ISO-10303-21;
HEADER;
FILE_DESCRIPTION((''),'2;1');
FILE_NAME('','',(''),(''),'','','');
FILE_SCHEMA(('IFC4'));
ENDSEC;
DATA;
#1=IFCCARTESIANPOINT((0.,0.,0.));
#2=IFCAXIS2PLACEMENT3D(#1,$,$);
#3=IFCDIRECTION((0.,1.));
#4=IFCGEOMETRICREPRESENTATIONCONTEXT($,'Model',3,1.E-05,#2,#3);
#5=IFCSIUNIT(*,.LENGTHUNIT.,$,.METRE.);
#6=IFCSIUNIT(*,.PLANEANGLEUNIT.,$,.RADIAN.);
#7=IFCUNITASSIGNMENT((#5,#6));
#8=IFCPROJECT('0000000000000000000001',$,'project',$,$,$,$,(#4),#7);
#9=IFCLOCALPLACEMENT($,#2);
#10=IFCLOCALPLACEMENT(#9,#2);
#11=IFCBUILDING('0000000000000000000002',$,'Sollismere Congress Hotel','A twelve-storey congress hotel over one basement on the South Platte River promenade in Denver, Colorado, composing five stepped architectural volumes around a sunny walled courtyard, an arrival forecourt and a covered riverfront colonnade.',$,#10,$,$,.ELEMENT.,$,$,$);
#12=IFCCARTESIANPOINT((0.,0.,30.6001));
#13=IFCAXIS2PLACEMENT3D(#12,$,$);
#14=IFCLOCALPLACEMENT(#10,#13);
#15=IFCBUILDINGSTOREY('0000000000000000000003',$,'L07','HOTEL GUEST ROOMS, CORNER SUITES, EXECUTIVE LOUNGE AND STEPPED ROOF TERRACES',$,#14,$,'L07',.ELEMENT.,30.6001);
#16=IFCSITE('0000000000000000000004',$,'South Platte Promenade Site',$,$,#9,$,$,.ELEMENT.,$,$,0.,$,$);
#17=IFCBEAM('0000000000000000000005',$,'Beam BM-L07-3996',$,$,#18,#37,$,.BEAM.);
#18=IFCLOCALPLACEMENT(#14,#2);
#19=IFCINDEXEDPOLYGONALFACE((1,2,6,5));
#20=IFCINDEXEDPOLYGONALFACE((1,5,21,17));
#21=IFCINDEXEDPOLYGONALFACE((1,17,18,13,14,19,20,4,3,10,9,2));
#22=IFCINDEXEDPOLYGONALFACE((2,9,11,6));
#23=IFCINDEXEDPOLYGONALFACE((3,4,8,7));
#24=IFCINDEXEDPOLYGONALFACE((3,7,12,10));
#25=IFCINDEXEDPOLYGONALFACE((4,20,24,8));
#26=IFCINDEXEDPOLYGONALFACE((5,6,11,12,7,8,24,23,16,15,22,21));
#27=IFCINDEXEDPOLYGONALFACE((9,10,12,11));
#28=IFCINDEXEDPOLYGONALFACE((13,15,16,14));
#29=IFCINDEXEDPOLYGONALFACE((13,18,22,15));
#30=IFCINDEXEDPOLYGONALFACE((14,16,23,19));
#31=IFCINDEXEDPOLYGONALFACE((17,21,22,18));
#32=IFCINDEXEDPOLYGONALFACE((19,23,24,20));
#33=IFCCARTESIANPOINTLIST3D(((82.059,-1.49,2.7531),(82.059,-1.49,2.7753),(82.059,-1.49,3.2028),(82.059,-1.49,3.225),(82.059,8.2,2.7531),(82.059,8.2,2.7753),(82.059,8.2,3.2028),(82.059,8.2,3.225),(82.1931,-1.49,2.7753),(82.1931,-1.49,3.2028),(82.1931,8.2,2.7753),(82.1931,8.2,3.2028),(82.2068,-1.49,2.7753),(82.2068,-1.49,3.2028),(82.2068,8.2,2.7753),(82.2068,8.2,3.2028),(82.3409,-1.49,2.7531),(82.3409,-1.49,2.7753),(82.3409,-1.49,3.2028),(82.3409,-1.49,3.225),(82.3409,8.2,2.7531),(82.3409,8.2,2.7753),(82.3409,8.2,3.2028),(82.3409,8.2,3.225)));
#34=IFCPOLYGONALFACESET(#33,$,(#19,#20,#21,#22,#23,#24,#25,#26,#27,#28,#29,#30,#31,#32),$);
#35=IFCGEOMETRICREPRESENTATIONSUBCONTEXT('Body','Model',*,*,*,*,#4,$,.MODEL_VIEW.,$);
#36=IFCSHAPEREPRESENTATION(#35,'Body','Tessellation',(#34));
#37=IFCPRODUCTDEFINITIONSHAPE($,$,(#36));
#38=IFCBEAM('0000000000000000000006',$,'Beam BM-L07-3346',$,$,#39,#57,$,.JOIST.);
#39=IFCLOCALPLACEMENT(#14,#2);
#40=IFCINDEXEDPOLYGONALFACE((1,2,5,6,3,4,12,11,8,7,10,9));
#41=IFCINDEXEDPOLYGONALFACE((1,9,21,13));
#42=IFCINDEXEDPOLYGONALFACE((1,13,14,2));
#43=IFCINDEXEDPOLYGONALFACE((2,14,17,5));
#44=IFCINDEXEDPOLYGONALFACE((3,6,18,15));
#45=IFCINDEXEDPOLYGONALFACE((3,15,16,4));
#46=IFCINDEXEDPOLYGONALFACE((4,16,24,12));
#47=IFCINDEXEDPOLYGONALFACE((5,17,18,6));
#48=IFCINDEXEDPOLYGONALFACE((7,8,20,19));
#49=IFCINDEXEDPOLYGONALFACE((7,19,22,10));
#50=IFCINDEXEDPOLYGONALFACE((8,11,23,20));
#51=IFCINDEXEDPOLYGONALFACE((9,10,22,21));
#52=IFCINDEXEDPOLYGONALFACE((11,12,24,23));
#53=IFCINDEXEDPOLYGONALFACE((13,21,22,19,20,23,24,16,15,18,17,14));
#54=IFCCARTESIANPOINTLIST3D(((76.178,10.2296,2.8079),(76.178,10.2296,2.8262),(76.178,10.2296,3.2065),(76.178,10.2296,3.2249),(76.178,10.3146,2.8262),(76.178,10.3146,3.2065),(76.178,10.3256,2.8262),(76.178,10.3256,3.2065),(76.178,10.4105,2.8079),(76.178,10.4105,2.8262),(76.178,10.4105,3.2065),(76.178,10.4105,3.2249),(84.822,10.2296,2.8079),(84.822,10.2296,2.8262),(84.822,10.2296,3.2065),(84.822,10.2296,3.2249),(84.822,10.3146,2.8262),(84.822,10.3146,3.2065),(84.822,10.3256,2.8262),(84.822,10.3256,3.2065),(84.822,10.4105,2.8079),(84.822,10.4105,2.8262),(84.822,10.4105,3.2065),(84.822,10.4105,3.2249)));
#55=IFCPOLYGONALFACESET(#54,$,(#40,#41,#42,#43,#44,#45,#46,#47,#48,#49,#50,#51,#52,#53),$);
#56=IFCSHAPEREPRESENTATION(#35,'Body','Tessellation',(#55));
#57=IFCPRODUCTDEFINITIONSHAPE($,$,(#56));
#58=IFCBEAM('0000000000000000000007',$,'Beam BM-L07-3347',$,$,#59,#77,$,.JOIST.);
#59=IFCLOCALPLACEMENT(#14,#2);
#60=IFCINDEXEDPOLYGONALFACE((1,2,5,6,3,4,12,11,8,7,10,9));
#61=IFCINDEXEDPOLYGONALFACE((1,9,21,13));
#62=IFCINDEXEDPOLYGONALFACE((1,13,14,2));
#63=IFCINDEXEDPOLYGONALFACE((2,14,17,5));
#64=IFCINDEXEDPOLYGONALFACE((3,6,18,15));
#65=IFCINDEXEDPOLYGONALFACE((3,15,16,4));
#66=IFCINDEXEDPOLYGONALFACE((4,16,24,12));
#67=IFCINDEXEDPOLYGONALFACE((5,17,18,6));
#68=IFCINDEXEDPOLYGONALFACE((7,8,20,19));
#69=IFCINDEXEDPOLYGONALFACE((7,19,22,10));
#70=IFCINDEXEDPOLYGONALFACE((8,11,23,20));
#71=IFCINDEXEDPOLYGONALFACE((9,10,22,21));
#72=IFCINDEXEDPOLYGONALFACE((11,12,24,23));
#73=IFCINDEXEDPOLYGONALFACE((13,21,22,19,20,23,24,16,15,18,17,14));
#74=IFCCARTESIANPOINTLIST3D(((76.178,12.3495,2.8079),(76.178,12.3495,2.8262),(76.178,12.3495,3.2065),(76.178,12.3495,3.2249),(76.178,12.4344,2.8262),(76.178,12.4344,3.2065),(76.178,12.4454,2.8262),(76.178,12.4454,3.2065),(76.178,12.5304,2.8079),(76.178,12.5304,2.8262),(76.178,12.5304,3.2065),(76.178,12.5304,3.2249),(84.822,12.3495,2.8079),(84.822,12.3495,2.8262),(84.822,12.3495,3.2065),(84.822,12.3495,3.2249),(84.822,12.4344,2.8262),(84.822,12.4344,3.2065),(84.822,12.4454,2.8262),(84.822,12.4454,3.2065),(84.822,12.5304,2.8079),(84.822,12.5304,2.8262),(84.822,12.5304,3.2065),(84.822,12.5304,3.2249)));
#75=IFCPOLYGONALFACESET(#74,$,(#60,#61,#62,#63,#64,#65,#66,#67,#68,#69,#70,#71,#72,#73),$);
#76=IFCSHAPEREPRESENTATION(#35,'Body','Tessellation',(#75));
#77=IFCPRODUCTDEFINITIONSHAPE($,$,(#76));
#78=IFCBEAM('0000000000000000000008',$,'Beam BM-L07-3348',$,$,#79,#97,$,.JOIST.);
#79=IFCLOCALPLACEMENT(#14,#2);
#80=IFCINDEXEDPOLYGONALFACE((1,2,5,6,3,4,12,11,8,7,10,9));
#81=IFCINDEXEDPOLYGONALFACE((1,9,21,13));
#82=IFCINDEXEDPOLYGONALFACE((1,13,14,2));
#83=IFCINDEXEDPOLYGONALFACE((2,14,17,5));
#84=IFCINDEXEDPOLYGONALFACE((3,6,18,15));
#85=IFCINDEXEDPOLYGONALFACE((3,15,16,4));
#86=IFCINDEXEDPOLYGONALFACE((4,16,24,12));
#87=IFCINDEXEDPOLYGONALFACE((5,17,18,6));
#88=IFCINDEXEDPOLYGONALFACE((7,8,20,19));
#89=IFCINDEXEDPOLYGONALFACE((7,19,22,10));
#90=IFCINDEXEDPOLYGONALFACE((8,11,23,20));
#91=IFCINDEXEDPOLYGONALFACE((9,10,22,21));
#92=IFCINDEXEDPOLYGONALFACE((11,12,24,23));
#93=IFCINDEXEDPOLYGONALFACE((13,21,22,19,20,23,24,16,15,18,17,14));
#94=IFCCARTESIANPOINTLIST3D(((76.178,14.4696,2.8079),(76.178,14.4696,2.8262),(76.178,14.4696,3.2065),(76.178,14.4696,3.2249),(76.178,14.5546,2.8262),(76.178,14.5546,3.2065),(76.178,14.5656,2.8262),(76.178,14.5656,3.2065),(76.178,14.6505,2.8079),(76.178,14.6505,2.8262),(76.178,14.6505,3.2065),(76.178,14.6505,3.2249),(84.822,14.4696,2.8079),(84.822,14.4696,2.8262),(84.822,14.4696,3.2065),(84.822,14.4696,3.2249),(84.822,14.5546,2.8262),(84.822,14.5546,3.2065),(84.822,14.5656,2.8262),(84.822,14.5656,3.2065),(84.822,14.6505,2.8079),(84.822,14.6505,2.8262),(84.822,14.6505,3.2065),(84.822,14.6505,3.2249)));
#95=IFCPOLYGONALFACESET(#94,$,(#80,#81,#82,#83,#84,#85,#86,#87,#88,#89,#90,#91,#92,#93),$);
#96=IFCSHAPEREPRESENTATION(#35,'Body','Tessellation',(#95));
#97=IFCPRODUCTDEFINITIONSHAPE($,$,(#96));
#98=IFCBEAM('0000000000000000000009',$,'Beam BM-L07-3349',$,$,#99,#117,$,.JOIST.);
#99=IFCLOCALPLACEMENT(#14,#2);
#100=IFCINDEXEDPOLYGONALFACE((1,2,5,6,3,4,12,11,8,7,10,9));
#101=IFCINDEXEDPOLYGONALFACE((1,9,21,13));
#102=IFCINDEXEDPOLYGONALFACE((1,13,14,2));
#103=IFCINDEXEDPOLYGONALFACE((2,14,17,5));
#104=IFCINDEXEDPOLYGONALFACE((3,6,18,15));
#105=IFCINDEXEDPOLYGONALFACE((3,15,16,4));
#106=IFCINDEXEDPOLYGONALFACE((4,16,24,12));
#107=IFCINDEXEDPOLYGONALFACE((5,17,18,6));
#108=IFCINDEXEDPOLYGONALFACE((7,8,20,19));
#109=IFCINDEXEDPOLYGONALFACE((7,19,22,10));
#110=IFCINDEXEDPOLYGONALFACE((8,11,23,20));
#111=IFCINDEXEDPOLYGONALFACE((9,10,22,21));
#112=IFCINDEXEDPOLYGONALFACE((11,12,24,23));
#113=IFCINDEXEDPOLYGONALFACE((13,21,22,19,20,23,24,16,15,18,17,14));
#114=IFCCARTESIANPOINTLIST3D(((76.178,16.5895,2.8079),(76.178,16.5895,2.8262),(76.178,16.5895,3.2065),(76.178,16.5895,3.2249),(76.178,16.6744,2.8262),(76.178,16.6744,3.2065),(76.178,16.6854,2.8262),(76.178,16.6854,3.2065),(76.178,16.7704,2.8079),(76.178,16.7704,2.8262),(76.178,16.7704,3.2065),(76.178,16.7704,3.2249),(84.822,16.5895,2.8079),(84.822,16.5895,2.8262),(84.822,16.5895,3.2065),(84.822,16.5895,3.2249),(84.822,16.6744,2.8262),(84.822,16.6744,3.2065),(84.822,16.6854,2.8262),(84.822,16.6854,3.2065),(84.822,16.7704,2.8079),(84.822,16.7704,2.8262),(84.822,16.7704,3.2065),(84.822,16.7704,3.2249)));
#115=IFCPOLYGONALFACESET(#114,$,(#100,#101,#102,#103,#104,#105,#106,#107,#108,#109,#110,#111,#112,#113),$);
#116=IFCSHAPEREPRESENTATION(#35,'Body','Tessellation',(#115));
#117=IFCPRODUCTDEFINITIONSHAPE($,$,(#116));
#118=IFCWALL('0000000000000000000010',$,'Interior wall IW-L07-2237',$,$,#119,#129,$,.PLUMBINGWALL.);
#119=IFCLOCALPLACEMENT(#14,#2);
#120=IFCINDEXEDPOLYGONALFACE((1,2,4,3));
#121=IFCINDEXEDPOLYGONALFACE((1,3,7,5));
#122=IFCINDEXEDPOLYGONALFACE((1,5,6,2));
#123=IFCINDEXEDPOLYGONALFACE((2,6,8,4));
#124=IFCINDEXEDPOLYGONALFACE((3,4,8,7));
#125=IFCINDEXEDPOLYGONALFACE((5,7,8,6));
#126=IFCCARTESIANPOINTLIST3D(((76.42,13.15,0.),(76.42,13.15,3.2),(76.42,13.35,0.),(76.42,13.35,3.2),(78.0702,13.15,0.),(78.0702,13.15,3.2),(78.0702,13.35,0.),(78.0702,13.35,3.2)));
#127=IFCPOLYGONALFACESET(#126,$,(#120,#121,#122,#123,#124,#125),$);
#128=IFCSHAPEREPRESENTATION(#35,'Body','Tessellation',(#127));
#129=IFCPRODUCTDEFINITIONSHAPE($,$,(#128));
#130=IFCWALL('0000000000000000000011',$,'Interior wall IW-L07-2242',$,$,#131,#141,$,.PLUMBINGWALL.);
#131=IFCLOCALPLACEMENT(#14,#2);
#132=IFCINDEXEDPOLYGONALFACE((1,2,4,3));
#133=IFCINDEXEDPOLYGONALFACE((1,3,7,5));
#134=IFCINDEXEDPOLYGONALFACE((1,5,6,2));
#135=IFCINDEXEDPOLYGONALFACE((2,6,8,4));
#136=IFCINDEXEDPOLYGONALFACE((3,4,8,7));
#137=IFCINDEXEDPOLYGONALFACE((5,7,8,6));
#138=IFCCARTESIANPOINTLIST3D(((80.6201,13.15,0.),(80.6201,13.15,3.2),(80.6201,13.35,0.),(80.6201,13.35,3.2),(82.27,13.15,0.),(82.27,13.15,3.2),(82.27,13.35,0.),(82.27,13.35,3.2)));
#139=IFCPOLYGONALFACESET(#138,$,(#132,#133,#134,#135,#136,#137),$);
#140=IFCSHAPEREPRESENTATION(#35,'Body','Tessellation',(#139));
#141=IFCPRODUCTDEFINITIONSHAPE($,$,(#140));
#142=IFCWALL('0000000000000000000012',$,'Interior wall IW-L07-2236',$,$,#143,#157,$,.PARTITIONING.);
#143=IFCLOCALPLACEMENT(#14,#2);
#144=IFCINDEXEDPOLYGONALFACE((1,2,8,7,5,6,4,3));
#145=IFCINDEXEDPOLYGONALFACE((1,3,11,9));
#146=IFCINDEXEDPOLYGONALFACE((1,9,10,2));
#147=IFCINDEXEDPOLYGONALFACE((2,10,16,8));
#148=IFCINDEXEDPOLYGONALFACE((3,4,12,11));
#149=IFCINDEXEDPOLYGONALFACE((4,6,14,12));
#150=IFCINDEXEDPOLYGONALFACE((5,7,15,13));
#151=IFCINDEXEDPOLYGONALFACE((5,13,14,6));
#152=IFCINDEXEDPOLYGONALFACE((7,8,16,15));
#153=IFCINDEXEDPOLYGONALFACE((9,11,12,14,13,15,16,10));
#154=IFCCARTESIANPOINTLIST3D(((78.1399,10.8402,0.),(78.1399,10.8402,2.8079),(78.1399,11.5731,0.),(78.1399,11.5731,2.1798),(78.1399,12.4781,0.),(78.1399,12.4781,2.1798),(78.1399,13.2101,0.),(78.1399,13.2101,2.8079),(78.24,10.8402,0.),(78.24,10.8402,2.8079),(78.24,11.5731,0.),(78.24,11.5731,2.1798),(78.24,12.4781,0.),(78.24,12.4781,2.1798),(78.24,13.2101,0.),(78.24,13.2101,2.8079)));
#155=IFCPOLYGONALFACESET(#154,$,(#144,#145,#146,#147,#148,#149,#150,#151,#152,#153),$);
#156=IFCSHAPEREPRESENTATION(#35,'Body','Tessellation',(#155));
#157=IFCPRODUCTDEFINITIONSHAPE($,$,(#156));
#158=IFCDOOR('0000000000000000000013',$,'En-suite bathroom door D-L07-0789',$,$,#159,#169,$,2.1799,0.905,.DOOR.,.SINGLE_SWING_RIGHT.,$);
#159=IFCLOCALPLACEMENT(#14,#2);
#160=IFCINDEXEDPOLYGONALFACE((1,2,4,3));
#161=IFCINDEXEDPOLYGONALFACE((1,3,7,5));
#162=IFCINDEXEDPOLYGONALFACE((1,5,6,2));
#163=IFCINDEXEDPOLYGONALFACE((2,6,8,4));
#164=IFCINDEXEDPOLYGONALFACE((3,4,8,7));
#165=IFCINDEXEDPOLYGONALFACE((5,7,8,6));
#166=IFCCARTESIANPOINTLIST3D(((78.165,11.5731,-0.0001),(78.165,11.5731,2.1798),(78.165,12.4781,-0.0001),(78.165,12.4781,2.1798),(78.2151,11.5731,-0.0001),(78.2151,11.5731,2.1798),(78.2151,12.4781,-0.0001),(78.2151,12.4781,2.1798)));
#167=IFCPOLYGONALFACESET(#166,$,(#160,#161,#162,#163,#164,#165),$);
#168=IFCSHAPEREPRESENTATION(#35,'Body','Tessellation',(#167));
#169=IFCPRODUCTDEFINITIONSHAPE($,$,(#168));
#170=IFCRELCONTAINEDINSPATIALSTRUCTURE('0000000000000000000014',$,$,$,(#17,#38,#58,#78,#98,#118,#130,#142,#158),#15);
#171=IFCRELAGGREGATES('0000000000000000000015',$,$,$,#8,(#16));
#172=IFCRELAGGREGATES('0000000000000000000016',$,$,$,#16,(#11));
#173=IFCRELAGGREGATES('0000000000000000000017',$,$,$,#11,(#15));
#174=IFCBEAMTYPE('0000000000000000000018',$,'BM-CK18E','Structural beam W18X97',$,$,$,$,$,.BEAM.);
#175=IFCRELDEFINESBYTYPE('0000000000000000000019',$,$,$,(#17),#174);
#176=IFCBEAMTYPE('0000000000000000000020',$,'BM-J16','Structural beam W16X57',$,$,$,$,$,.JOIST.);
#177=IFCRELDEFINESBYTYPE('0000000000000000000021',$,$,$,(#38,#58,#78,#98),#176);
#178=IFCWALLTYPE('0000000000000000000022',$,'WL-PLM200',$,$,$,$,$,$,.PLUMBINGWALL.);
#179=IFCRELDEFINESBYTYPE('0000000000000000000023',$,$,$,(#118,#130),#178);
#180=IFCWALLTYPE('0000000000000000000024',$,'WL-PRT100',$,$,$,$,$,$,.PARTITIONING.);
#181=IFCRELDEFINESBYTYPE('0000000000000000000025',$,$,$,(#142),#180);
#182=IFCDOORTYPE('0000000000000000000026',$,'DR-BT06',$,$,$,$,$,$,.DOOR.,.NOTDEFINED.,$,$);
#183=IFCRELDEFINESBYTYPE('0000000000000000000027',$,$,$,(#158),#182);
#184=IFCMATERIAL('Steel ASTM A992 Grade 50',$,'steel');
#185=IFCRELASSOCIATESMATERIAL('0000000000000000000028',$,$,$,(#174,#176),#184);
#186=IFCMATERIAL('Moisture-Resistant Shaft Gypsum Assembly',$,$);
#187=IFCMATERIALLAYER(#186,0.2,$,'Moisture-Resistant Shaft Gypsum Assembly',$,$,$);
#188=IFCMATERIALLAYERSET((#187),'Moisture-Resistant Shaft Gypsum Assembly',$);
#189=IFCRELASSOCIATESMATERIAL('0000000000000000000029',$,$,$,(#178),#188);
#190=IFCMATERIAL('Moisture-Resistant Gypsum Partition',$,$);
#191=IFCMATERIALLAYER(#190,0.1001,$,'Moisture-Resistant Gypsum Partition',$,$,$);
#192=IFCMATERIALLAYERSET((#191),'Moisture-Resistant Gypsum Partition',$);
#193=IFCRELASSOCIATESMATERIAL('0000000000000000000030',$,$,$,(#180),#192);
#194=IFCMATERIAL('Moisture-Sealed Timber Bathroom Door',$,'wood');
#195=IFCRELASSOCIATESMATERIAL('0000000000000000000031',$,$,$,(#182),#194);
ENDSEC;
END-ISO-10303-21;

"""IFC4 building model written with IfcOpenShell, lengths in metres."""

from ifc_helpers import new_model, si_unit, direction, frame, frame_2d, origin, origin_2d, place, context, subcontext, project, spatial, rectangle, i_section, extrude, material, layer, layer_set, material_profile, profile_set, type_object, element, fill, save


model = new_model("IFC4")

# Units and contexts
model_context = context("Model", 3, precision=1e-05, world=origin(), true_north=direction((0.0, 1.0)))
body_context = subcontext(model_context, "Body", "Model", "MODEL_VIEW")
ifc_project = project(units=[si_unit("LENGTHUNIT", "METRE"), si_unit("PLANEANGLEUNIT", "RADIAN")], contexts=[model_context])

# Site, building, storey
site_placement = place(None, origin())
site = spatial("IfcSite", under=ifc_project, at=site_placement, Name="South Platte Promenade Site", CompositionType="ELEMENT", RefElevation=0.0)
building_placement = place(site_placement, origin())
building = spatial("IfcBuilding", under=site, at=building_placement, Name="Sollismere Congress Hotel", Description="A twelve-storey congress hotel over one basement on the South Platte River promenade in Denver, Colorado, composing five stepped architectural volumes around a sunny walled courtyard, an arrival forecourt and a covered riverfront colonnade.", CompositionType="ELEMENT")
storey_placement = place(building_placement, frame((0.0, 0.0, 30.6001)))
storey = spatial("IfcBuildingStorey", under=building, at=storey_placement, Name="L07", Description="HOTEL GUEST ROOMS, CORNER SUITES, EXECUTIVE LOUNGE AND STEPPED ROOF TERRACES", LongName="L07", CompositionType="ELEMENT", Elevation=30.6001)

# Beams
ifc_material_1 = material(Name="Steel ASTM A992 Grade 50", Category="steel")
ifc_material_profile_1 = material_profile(ifc_material_1, i_section(OverallWidth=0.282, OverallDepth=0.4719, WebThickness=0.0137, FlangeThickness=0.0222, at=origin_2d()), Name="W18X97")
ifc_profile_set_1 = profile_set([ifc_material_profile_1], Name="Steel ASTM A992 Grade 50")
beam_type_1 = type_object("IfcBeamType", Name="BM-CK18E", Description="Structural beam W18X97", PredefinedType="BEAM", material=ifc_profile_set_1)
beam_placement = place(storey_placement, frame((82.2, 8.2, 2.989), z_axis=(0.0, -1.0, 0.0), x_axis=(1.0, 0.0, 0.0)))
element("IfcBeam", 1, at=beam_placement, inside=storey, type_object=beam_type_1, Name="Beam BM-L07-3996", PredefinedType="BEAM", context=body_context, shape_type="SweptSolid", body=[
    extrude(i_section(OverallWidth=0.282, OverallDepth=0.4719, WebThickness=0.0137, FlangeThickness=0.0222, at=origin_2d()), origin(), (0.0, 0.0, 1.0), 9.6899),
])
ifc_material_profile_2 = material_profile(ifc_material_1, i_section(OverallWidth=0.1809, OverallDepth=0.417, WebThickness=0.011, FlangeThickness=0.0183, at=origin_2d()), Name="W16X57")
ifc_profile_set_2 = profile_set([ifc_material_profile_2], Name="Steel ASTM A992 Grade 50")
beam_type_2 = type_object("IfcBeamType", Name="BM-J16", Description="Structural beam W16X57", PredefinedType="JOIST", material=ifc_profile_set_2)
for number, where, z_axis, x_axis, name in (
    (2, (76.178, 10.3201, 3.0164), (1.0, 0.0, 0.0), (0.0, 1.0, 0.0), "Beam BM-L07-3346"),
    (3, (76.178, 12.4399, 3.0164), (1.0, 0.0, 0.0), (0.0, 1.0, 0.0), "Beam BM-L07-3347"),
    (4, (76.178, 14.5601, 3.0164), (1.0, 0.0, 0.0), (0.0, 1.0, 0.0), "Beam BM-L07-3348"),
    (5, (76.178, 16.6799, 3.0164), (1.0, 0.0, 0.0), (0.0, 1.0, 0.0), "Beam BM-L07-3349"),
):
    element("IfcBeam", number, at=place(storey_placement, frame(where, z_axis=z_axis, x_axis=x_axis)), inside=storey, type_object=beam_type_2, Name=name, PredefinedType="JOIST", context=body_context, shape_type="SweptSolid", body=[
        extrude(i_section(OverallWidth=0.1809, OverallDepth=0.417, WebThickness=0.011, FlangeThickness=0.0183, at=origin_2d()), origin(), (0.0, 0.0, 1.0), 8.644),
    ])

# Walls
ifc_material_2 = material(Name="Moisture-Resistant Shaft Gypsum Assembly")
ifc_layer_1 = layer(ifc_material_2, 0.2, Name="Moisture-Resistant Shaft Gypsum Assembly")
ifc_layer_set_1 = layer_set([ifc_layer_1], Name="Moisture-Resistant Shaft Gypsum Assembly")
wall_type_1 = type_object("IfcWallType", Name="WL-PLM200", PredefinedType="PLUMBINGWALL", material=ifc_layer_set_1)
wall_1_placement = place(storey_placement, frame((76.4199, 13.25, 0.0), z_axis=(0.0, 0.0, 1.0), x_axis=(1.0, 0.0, 0.0)))
element("IfcWall", 6, at=wall_1_placement, inside=storey, type_object=wall_type_1, Name="Interior wall IW-L07-2237", PredefinedType="PLUMBINGWALL", context=body_context, shape_type="SweptSolid", body=[
    extrude(rectangle(XDim=1.6501, YDim=0.2, at=frame_2d((0.8252, 0.0))), origin(), (0.0, 0.0, 1.0), 3.2),
])
wall_2_placement = place(storey_placement, frame((80.6201, 13.25, 0.0), z_axis=(0.0, 0.0, 1.0), x_axis=(1.0, 0.0, 0.0)))
element("IfcWall", 7, at=wall_2_placement, inside=storey, type_object=wall_type_1, Name="Interior wall IW-L07-2242", PredefinedType="PLUMBINGWALL", context=body_context, shape_type="SweptSolid", body=[
    extrude(rectangle(XDim=1.6499, YDim=0.2, at=frame_2d((0.825, 0.0))), origin(), (0.0, 0.0, 1.0), 3.2),
])

# Wall, opening, door
ifc_material_3 = material(Name="Moisture-Resistant Gypsum Partition")
ifc_layer_2 = layer(ifc_material_3, 0.1001, Name="Moisture-Resistant Gypsum Partition")
ifc_layer_set_2 = layer_set([ifc_layer_2], Name="Moisture-Resistant Gypsum Partition")
wall_type_2 = type_object("IfcWallType", Name="WL-PRT100", PredefinedType="PARTITIONING", material=ifc_layer_set_2)
wall_3_placement = place(storey_placement, frame((78.1899, 10.8401, 0.0), z_axis=(0.0, 0.0, 1.0), x_axis=(0.0, 1.0, 0.0)))
wall_3 = element("IfcWall", 8, at=wall_3_placement, inside=storey, type_object=wall_type_2, Name="Interior wall IW-L07-2236", PredefinedType="PARTITIONING", context=body_context, shape_type="SweptSolid", body=[
    extrude(rectangle(XDim=2.3699, YDim=0.1001, at=frame_2d((1.1851, 0.0))), origin(), (0.0, 0.0, 1.0), 2.8079),
])
opening_1_placement = place(wall_3_placement, frame((0.7329, 0.0, 0.0)))
opening_1 = element("IfcOpeningElement", 9, at=opening_1_placement, cuts=wall_3, PredefinedType="OPENING", context=body_context, shape_type="SweptSolid", body=[
    extrude(rectangle(XDim=0.905, YDim=2.1799, at=frame_2d((0.4526, 1.0898))), frame((0.0, 0.0601, 0.0), z_axis=(0.0, -1.0, 0.0), x_axis=(1.0, 0.0, 0.0)), (0.0, 0.0, 1.0), 0.1201),
])
ifc_material_4 = material(Name="Moisture-Sealed Timber Bathroom Door", Category="wood")
door_type_1 = type_object("IfcDoorType", Name="DR-BT06", OperationType="NOTDEFINED", PredefinedType="DOOR", material=ifc_material_4)
door_1_placement = place(opening_1_placement, origin())
door_1 = element("IfcDoor", 10, at=door_1_placement, inside=storey, type_object=door_type_1, Name="En-suite bathroom door D-L07-0789", OperationType="SINGLE_SWING_RIGHT", OverallHeight=2.1799, OverallWidth=0.905, PredefinedType="DOOR", context=body_context, shape_type="SweptSolid", body=[
    extrude(rectangle(XDim=0.905, YDim=2.1799, at=frame_2d((0.4526, 1.0898))), frame((0.0, 0.0249, 0.0), z_axis=(0.0, -1.0, 0.0), x_axis=(1.0, 0.0, 0.0)), (0.0, 0.0, 1.0), 0.05),
])
fill(opening_1, door_1)

save(model, "model.ifc")
